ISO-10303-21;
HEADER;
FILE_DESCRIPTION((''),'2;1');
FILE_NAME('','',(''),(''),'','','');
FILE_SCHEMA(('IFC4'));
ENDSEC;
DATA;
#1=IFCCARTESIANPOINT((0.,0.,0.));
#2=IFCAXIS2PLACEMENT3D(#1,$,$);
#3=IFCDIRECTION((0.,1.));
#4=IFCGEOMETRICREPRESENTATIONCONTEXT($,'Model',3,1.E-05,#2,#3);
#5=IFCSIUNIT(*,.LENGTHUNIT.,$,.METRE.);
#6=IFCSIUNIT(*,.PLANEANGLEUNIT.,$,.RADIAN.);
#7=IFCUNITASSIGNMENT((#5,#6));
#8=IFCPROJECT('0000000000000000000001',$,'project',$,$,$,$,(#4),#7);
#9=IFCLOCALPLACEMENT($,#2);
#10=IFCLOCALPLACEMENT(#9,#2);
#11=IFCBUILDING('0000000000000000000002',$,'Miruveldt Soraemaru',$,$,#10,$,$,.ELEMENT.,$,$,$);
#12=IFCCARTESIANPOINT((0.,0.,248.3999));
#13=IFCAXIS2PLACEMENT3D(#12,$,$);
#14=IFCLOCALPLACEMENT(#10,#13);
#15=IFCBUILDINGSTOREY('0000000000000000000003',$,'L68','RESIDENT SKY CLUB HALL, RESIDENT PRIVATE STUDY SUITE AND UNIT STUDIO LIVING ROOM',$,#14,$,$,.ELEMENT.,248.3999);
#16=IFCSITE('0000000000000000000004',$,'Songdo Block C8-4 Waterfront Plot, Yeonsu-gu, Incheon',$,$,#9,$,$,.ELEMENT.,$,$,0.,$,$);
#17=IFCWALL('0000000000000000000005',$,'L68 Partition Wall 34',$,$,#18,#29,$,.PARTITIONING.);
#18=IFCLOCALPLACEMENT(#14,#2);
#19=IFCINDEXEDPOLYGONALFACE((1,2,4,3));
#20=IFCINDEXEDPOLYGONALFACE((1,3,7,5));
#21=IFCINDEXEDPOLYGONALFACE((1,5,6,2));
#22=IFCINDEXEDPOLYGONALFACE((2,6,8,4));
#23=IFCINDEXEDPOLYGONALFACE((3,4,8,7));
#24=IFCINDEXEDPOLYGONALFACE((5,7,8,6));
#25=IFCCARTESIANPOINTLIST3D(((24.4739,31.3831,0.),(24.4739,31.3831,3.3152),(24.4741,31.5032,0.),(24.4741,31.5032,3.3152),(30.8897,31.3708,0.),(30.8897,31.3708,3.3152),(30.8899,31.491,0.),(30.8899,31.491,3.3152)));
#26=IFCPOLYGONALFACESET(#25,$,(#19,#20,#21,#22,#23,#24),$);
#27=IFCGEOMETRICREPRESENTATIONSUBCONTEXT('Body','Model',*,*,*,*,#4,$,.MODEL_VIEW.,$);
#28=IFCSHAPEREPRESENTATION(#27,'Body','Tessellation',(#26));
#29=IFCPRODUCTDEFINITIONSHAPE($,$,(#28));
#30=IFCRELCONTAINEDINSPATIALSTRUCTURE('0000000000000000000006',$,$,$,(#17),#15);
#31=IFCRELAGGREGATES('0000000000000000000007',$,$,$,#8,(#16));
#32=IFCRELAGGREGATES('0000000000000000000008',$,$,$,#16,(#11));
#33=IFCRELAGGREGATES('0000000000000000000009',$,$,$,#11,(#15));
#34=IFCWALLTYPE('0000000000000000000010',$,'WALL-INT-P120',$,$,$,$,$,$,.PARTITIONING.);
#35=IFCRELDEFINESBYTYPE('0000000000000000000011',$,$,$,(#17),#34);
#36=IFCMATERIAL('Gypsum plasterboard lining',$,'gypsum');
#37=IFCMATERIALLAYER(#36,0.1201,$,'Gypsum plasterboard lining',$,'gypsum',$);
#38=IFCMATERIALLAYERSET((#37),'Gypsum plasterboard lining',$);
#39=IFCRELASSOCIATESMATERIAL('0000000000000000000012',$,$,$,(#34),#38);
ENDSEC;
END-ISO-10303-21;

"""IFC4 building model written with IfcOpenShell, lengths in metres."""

from ifc_helpers import new_model, si_unit, direction, frame, frame_2d, origin, place, context, subcontext, project, spatial, rectangle, extrude, material, layer, layer_set, type_object, element, save


model = new_model("IFC4")

# Units and contexts
model_context = context("Model", 3, precision=1e-05, world=origin(), true_north=direction((0.0, 1.0)))
body_context = subcontext(model_context, "Body", "Model", "MODEL_VIEW")
ifc_project = project(units=[si_unit("LENGTHUNIT", "METRE"), si_unit("PLANEANGLEUNIT", "RADIAN")], contexts=[model_context])

# Site, building, storey
site_placement = place(None, origin())
site = spatial("IfcSite", under=ifc_project, at=site_placement, Name="Songdo Block C8-4 Waterfront Plot, Yeonsu-gu, Incheon", CompositionType="ELEMENT", RefElevation=0.0)
building_placement = place(site_placement, origin())
building = spatial("IfcBuilding", under=site, at=building_placement, Name="Miruveldt Soraemaru", CompositionType="ELEMENT")
storey_placement = place(building_placement, frame((0.0, 0.0, 248.3999)))
storey = spatial("IfcBuildingStorey", under=building, at=storey_placement, Name="L68", Description="RESIDENT SKY CLUB HALL, RESIDENT PRIVATE STUDY SUITE AND UNIT STUDIO LIVING ROOM", CompositionType="ELEMENT", Elevation=248.3999)

# Shared definitions
ifc_material_1 = material(Name="Gypsum plasterboard lining", Category="gypsum")
ifc_layer_1 = layer(ifc_material_1, 0.1201, Name="Gypsum plasterboard lining", Category="gypsum")
ifc_layer_set_1 = layer_set([ifc_layer_1], Name="Gypsum plasterboard lining")
wall_type_1 = type_object("IfcWallType", Name="WALL-INT-P120", PredefinedType="PARTITIONING", material=ifc_layer_set_1)

# Wall
wall_1_placement = place(storey_placement, frame((30.8899, 31.4309, 0.0), z_axis=(0.0, 0.0, 1.0), x_axis=(-0.999998, 0.001903, 0.0)))
element("IfcWall", 1, at=wall_1_placement, inside=storey, type_object=wall_type_1, Name="L68 Partition Wall 34", PredefinedType="PARTITIONING", context=body_context, shape_type="SweptSolid", body=[
    extrude(rectangle(XDim=6.4158, YDim=0.1201, at=frame_2d((3.208, 0.0))), origin(), (0.0, 0.0, 1.0), 3.3152),
])

save(model, "model.ifc")
